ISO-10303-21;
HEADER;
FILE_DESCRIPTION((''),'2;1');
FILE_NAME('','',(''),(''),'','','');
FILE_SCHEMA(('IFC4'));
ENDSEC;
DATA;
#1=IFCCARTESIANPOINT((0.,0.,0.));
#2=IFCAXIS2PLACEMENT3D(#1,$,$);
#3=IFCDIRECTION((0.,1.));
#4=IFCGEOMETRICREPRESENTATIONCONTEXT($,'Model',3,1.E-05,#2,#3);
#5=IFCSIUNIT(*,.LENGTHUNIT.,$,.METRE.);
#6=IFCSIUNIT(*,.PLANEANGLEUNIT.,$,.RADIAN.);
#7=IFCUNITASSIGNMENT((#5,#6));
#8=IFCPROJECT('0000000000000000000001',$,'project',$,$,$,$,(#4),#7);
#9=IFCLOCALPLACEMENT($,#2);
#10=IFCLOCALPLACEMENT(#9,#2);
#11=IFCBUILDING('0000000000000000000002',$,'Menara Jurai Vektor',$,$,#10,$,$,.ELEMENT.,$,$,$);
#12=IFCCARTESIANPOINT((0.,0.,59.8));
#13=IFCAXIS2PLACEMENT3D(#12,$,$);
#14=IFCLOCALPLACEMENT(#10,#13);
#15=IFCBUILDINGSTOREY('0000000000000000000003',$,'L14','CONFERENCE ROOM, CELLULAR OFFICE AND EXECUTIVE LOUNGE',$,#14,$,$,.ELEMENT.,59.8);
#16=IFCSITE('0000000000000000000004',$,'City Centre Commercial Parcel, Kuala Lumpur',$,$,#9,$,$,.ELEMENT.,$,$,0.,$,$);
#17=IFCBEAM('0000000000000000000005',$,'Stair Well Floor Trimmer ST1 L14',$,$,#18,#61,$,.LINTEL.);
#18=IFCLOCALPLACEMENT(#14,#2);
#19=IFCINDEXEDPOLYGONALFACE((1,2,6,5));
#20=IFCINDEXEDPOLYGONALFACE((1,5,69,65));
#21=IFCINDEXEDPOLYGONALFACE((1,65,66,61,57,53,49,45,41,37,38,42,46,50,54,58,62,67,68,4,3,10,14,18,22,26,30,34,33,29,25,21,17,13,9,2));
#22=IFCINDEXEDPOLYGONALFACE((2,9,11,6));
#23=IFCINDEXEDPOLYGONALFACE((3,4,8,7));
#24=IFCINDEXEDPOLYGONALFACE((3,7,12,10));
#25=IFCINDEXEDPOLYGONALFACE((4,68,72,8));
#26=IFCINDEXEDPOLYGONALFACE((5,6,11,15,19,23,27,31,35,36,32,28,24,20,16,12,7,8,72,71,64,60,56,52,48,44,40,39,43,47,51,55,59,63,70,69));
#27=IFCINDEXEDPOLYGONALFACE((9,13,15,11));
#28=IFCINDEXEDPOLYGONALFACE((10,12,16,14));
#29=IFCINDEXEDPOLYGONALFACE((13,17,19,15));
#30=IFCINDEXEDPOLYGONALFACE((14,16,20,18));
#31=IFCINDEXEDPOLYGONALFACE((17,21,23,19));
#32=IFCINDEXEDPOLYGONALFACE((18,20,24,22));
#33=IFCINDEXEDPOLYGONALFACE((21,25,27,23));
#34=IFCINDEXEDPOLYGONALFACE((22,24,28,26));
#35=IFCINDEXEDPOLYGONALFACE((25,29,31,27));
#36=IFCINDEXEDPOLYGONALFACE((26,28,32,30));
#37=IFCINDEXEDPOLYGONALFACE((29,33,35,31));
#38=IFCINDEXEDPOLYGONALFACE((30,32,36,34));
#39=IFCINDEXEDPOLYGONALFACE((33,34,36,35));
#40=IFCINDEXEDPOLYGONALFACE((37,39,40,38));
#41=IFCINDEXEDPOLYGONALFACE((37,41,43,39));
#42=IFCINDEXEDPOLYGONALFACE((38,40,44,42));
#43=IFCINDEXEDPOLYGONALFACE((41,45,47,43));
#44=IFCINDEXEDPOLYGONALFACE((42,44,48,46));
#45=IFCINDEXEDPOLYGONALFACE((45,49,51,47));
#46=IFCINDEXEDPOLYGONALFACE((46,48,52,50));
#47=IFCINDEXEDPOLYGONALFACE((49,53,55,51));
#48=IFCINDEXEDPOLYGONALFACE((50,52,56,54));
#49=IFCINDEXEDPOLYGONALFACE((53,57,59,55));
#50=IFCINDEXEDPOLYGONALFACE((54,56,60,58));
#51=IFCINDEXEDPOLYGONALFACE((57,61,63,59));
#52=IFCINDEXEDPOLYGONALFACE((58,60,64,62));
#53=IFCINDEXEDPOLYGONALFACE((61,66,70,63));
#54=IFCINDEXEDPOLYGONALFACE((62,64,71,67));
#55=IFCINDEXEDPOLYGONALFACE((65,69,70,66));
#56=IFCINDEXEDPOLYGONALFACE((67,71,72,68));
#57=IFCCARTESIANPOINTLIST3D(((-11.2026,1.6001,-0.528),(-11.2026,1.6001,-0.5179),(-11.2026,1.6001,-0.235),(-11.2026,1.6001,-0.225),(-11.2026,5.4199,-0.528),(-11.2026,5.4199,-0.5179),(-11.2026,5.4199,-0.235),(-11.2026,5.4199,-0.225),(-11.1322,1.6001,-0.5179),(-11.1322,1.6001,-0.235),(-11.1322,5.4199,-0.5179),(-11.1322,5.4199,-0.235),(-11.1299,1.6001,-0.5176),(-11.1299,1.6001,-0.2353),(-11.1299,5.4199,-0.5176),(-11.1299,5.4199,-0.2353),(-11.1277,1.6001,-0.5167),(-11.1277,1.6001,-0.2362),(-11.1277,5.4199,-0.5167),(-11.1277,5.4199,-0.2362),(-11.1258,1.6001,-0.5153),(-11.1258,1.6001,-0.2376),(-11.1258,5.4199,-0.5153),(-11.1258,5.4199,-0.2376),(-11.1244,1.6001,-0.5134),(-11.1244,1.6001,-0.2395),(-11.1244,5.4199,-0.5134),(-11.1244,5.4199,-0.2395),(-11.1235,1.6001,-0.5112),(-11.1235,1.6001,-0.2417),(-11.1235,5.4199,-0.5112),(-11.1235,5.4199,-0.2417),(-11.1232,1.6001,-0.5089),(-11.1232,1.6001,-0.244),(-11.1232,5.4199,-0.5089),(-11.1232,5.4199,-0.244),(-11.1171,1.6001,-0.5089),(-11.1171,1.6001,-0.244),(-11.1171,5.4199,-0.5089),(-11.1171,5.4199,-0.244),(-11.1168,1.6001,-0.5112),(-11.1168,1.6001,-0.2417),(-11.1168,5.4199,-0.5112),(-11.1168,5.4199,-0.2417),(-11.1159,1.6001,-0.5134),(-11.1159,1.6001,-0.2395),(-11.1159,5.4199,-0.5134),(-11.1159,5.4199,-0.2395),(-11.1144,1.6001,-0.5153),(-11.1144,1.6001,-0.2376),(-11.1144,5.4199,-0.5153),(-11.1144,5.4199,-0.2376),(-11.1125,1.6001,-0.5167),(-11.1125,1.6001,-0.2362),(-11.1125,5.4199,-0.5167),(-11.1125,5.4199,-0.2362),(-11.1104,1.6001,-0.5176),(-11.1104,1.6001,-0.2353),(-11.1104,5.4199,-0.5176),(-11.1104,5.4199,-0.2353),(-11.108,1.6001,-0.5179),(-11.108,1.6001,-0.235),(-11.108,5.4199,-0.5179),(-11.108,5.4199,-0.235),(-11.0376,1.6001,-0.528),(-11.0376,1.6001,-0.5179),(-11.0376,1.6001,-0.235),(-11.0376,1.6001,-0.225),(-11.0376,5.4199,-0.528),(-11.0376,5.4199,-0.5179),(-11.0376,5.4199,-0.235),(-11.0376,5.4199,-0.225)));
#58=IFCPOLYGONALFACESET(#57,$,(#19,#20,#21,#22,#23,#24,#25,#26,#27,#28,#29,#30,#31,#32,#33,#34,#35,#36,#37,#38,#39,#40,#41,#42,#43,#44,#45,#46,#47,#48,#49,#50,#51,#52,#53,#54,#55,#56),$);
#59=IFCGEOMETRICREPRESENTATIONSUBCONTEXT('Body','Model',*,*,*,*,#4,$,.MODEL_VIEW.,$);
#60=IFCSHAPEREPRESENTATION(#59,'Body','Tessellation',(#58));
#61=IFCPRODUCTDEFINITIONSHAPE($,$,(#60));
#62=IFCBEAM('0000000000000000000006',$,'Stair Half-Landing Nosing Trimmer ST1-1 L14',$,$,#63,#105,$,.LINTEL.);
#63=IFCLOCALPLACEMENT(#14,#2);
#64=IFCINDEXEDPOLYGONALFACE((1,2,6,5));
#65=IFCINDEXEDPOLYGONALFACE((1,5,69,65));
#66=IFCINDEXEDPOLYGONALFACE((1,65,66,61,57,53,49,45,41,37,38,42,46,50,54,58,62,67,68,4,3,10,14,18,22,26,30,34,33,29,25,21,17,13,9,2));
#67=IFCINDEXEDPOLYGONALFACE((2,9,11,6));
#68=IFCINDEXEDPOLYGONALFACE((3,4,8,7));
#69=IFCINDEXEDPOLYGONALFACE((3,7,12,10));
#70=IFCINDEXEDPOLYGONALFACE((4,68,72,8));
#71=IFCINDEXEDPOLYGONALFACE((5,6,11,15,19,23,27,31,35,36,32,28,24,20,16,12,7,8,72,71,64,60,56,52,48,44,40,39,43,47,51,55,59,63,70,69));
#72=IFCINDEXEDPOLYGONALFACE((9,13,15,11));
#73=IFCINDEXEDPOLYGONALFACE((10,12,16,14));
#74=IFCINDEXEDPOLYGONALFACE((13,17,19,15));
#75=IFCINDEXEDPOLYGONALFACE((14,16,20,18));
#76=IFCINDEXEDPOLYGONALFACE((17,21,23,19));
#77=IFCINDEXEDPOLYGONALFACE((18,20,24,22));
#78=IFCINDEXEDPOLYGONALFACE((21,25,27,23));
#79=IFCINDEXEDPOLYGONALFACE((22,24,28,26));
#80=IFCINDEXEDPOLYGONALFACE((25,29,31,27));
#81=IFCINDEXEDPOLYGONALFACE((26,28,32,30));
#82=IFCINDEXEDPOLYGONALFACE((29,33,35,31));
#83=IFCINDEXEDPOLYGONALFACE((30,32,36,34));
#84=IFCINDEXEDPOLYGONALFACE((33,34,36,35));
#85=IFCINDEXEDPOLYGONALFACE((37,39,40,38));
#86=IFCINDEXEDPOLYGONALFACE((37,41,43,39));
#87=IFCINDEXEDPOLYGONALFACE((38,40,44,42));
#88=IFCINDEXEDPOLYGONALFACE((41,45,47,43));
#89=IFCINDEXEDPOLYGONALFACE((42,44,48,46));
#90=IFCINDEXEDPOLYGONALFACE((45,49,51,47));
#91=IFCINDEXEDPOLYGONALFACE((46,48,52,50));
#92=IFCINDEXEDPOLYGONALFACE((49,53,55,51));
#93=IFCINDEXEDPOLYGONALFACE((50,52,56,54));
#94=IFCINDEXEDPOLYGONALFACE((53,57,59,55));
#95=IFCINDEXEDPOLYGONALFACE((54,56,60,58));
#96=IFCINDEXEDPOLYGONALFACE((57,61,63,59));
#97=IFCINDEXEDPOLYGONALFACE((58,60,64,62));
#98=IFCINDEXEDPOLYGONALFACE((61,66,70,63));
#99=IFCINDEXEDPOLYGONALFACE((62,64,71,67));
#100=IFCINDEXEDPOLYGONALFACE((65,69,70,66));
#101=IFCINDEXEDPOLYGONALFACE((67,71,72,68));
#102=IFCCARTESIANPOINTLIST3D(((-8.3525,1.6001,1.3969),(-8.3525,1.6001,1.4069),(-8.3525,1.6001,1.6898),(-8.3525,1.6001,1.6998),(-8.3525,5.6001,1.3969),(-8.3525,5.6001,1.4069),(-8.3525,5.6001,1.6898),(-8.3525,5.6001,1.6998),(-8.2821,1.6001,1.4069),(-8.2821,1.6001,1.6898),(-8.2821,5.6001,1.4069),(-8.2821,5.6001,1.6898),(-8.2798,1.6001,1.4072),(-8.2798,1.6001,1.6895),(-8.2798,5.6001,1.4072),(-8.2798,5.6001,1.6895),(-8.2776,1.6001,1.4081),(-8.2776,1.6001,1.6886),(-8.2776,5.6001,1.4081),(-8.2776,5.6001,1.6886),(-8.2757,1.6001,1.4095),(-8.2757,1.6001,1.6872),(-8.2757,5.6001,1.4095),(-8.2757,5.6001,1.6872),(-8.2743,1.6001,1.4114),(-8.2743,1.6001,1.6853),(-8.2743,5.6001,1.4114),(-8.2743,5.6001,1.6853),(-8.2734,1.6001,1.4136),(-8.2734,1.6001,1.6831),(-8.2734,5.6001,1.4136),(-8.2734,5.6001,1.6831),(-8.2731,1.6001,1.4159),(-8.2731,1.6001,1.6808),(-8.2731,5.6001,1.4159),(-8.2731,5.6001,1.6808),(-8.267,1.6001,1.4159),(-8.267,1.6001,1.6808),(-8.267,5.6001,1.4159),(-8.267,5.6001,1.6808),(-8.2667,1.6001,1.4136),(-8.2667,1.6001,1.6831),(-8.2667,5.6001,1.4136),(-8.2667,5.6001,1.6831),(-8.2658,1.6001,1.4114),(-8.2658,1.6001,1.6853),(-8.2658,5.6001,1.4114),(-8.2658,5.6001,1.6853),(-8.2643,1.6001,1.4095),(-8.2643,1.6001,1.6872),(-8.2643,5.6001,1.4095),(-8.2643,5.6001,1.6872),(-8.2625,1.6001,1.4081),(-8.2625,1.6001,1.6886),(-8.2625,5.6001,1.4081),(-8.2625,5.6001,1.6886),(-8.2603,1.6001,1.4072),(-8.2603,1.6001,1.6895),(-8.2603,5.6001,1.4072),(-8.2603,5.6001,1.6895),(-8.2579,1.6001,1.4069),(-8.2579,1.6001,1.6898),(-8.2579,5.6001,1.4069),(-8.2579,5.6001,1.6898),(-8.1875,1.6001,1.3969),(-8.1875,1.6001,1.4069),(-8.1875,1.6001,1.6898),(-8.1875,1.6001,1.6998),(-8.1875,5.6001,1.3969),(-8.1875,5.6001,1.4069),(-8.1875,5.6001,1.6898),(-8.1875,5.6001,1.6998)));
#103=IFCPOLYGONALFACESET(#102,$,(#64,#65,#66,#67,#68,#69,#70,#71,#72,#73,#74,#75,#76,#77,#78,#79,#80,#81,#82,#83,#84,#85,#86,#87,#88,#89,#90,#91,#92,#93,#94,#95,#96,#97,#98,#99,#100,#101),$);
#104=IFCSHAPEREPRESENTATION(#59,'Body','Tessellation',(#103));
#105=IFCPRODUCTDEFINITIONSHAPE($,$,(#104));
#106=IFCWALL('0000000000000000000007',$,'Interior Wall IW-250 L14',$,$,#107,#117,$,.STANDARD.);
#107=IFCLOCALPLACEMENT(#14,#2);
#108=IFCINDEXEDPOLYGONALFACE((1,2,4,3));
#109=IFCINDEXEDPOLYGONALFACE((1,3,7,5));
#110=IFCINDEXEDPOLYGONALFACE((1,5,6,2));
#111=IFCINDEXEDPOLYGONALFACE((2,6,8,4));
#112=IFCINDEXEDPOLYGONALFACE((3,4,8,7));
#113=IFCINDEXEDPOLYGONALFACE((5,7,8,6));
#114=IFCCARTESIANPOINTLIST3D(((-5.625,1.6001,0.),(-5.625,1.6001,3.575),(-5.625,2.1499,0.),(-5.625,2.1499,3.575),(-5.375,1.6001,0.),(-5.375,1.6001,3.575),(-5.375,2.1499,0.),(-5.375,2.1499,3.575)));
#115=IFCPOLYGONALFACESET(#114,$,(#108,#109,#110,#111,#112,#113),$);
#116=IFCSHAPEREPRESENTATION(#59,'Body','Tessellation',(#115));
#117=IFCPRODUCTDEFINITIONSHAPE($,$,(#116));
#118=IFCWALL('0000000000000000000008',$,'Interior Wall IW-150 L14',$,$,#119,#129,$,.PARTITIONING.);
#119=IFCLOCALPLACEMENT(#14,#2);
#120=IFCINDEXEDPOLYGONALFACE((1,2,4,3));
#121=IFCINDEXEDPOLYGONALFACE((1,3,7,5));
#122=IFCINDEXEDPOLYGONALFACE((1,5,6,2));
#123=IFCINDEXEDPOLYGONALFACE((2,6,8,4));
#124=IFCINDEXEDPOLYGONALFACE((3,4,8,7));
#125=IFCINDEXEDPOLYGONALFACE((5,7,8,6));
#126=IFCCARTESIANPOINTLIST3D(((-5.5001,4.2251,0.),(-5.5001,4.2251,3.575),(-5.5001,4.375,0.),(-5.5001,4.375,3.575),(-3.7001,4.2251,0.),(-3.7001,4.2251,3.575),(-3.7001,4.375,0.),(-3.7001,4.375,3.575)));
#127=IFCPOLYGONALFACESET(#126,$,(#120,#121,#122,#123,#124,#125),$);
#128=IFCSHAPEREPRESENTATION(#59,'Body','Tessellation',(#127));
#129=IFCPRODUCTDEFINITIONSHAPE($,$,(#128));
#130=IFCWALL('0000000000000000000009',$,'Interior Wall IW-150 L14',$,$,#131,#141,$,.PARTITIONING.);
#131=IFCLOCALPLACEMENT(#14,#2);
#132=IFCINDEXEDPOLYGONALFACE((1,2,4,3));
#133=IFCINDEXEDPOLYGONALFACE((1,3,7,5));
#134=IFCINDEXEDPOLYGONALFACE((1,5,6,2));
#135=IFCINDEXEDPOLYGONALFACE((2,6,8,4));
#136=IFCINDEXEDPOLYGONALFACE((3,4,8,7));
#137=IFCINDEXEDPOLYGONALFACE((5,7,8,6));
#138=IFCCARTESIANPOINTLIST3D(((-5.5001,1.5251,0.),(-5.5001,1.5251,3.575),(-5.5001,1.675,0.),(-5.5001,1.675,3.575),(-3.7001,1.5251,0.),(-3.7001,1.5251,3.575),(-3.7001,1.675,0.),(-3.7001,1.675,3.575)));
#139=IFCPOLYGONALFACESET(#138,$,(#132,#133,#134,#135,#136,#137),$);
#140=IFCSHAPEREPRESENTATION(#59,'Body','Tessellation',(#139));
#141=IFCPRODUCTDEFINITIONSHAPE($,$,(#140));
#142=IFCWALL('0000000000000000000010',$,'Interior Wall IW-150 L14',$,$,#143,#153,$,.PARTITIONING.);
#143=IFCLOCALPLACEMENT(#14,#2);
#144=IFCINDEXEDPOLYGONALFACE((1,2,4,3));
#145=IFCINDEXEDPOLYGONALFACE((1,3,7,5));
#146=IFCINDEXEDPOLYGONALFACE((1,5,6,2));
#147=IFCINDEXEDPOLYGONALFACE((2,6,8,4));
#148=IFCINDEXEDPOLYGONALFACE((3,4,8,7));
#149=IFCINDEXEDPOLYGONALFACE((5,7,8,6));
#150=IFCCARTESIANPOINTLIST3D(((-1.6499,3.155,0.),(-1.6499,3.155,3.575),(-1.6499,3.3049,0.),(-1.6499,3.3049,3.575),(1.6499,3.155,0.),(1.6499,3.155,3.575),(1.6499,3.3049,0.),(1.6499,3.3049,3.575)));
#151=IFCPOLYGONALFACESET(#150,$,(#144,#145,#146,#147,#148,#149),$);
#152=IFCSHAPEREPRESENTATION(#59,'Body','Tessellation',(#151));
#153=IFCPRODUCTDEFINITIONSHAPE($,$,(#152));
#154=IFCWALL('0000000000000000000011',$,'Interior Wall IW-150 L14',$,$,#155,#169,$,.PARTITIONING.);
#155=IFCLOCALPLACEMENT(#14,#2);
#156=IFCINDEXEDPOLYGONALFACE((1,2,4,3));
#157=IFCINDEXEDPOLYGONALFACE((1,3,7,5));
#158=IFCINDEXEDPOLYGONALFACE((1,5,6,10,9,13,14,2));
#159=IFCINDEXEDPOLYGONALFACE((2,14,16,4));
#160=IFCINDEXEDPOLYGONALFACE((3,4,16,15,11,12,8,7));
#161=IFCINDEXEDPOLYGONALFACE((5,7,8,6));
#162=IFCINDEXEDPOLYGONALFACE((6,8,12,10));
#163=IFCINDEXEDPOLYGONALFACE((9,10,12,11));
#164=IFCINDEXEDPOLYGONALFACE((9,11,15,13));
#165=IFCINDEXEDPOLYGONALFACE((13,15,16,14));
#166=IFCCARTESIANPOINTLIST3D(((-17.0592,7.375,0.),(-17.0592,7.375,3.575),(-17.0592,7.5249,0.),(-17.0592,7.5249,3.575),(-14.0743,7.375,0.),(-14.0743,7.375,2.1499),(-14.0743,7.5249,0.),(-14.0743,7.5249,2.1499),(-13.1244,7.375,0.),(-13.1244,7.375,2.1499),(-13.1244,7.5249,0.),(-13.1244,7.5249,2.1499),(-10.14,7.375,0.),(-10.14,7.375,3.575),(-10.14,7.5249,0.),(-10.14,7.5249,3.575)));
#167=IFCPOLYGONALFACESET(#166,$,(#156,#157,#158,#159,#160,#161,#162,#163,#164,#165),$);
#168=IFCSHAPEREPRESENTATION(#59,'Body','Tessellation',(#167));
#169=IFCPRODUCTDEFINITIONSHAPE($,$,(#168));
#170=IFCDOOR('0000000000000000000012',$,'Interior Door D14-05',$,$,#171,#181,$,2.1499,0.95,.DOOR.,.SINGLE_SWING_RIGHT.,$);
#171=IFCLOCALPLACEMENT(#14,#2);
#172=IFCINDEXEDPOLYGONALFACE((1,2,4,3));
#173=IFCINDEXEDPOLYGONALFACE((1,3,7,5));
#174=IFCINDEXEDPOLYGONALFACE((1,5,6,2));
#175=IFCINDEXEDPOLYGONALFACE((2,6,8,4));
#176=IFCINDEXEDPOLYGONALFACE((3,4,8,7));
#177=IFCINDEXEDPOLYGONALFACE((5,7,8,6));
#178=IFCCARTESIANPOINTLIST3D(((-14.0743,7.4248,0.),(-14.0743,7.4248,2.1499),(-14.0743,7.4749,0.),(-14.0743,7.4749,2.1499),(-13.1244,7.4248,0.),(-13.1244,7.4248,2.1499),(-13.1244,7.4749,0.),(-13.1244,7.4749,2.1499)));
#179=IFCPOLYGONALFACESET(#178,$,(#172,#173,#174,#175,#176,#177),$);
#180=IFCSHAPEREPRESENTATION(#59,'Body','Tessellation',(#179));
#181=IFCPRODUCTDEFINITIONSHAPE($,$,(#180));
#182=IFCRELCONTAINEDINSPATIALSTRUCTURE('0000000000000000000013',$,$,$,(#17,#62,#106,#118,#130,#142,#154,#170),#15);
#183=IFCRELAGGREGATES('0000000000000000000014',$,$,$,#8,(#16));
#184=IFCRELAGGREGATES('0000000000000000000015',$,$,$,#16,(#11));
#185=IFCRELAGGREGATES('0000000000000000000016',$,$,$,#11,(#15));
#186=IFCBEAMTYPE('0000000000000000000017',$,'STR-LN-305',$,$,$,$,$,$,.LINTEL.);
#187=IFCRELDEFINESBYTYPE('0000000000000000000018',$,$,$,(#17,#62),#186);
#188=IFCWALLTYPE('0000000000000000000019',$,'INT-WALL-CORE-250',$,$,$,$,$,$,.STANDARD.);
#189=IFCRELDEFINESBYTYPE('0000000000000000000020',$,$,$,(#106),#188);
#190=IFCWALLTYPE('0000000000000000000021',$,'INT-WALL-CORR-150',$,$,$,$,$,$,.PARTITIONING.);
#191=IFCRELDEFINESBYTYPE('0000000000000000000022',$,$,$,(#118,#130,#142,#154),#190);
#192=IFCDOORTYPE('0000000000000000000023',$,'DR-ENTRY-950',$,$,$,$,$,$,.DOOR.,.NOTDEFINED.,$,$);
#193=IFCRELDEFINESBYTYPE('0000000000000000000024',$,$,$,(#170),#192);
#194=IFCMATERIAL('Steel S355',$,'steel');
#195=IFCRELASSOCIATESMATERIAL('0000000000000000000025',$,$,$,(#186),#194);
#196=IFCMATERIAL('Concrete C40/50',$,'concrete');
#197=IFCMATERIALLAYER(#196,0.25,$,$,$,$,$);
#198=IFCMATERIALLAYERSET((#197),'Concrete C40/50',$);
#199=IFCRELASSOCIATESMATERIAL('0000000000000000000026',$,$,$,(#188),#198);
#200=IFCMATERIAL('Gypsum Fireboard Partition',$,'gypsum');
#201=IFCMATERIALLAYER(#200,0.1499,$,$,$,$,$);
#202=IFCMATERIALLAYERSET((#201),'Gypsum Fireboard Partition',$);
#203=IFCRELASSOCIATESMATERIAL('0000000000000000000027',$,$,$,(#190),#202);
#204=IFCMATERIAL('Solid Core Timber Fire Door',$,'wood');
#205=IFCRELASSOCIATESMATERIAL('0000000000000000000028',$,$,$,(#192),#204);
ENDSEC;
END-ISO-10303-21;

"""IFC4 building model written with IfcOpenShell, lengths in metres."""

from ifc_helpers import new_model, si_unit, direction, frame, frame_2d, origin, origin_2d, place, context, subcontext, project, spatial, rectangle, i_section, extrude, material, layer, layer_set, material_profile, profile_set, type_object, element, fill, save


model = new_model("IFC4")

# Units and contexts
model_context = context("Model", 3, precision=1e-05, world=origin(), true_north=direction((0.0, 1.0)))
body_context = subcontext(model_context, "Body", "Model", "MODEL_VIEW")
ifc_project = project(units=[si_unit("LENGTHUNIT", "METRE"), si_unit("PLANEANGLEUNIT", "RADIAN")], contexts=[model_context])

# Site, building, storey
site_placement = place(None, origin())
site = spatial("IfcSite", under=ifc_project, at=site_placement, Name="City Centre Commercial Parcel, Kuala Lumpur", CompositionType="ELEMENT", RefElevation=0.0)
building_placement = place(site_placement, origin())
building = spatial("IfcBuilding", under=site, at=building_placement, Name="Menara Jurai Vektor", CompositionType="ELEMENT")
storey_placement = place(building_placement, frame((0.0, 0.0, 59.8)))
storey = spatial("IfcBuildingStorey", under=building, at=storey_placement, Name="L14", Description="CONFERENCE ROOM, CELLULAR OFFICE AND EXECUTIVE LOUNGE", CompositionType="ELEMENT", Elevation=59.8)

# Shared definitions
ifc_material_1 = material(Name="Steel S355", Category="steel")

# Beams
ifc_material_profile_1 = material_profile(ifc_material_1, i_section(OverallWidth=0.165, OverallDepth=0.303, WebThickness=0.0061, FlangeThickness=0.01, FilletRadius=0.009, at=origin_2d()), Name="UKB 305x165x40")
ifc_profile_set_1 = profile_set([ifc_material_profile_1], Name="Steel S355")
beam_type_1 = type_object("IfcBeamType", Name="STR-LN-305", PredefinedType="LINTEL", material=ifc_profile_set_1)
beam_1_placement = place(storey_placement, frame((-11.1201, 1.6001, -0.3765), z_axis=(0.0, 1.0, 0.0), x_axis=(-1.0, 0.0, 0.0)))
element("IfcBeam", 1, at=beam_1_placement, inside=storey, type_object=beam_type_1, Name="Stair Well Floor Trimmer ST1 L14", PredefinedType="LINTEL", context=body_context, shape_type="SweptSolid", body=[
    extrude(i_section(OverallWidth=0.165, OverallDepth=0.303, WebThickness=0.0061, FlangeThickness=0.01, FilletRadius=0.009, at=origin_2d()), origin(), (0.0, 0.0, 1.0), 3.8198),
])
beam_2_placement = place(storey_placement, frame((-8.27, 1.6001, 1.5483), z_axis=(0.0, 1.0, 0.0), x_axis=(-1.0, 0.0, 0.0)))
element("IfcBeam", 2, at=beam_2_placement, inside=storey, type_object=beam_type_1, Name="Stair Half-Landing Nosing Trimmer ST1-1 L14", PredefinedType="LINTEL", context=body_context, shape_type="SweptSolid", body=[
    extrude(i_section(OverallWidth=0.165, OverallDepth=0.303, WebThickness=0.0061, FlangeThickness=0.01, FilletRadius=0.009, at=origin_2d()), origin(), (0.0, 0.0, 1.0), 4.0),
])

# Shared definitions
ifc_material_2 = material(Name="Concrete C40/50", Category="concrete")
ifc_layer_1 = layer(ifc_material_2, 0.25)
ifc_layer_set_1 = layer_set([ifc_layer_1], Name="Concrete C40/50")
wall_type_1 = type_object("IfcWallType", Name="INT-WALL-CORE-250", PredefinedType="STANDARD", material=ifc_layer_set_1)

# Walls
wall_1_placement = place(storey_placement, frame((-5.5, 1.6001, 0.0), z_axis=(0.0, 0.0, 1.0), x_axis=(0.0, 1.0, 0.0)))
element("IfcWall", 3, at=wall_1_placement, inside=storey, type_object=wall_type_1, Name="Interior Wall IW-250 L14", PredefinedType="STANDARD", context=body_context, shape_type="SweptSolid", body=[
    extrude(rectangle(XDim=0.5498, YDim=0.25, at=frame_2d((0.2749, 0.0))), origin(), (0.0, 0.0, 1.0), 3.575),
])
ifc_material_3 = material(Name="Gypsum Fireboard Partition", Category="gypsum")
ifc_layer_2 = layer(ifc_material_3, 0.1499)
ifc_layer_set_2 = layer_set([ifc_layer_2], Name="Gypsum Fireboard Partition")
wall_type_2 = type_object("IfcWallType", Name="INT-WALL-CORR-150", PredefinedType="PARTITIONING", material=ifc_layer_set_2)
for number, where, z_axis, x_axis, name in (
    (4, (-5.5, 4.3, 0.0), (0.0, 0.0, 1.0), (1.0, 0.0, 0.0), "Interior Wall IW-150 L14"),
    (5, (-5.5, 1.6001, 0.0), (0.0, 0.0, 1.0), (1.0, 0.0, 0.0), "Interior Wall IW-150 L14"),
):
    element("IfcWall", number, at=place(storey_placement, frame(where, z_axis=z_axis, x_axis=x_axis)), inside=storey, type_object=wall_type_2, Name=name, PredefinedType="PARTITIONING", context=body_context, shape_type="SweptSolid", body=[
        extrude(rectangle(XDim=1.8, YDim=0.1499, at=frame_2d((0.8999, 0.0))), origin(), (0.0, 0.0, 1.0), 3.575),
    ])
wall_2_placement = place(storey_placement, frame((-1.6499, 3.23, 0.0), z_axis=(0.0, 0.0, 1.0), x_axis=(1.0, 0.0, 0.0)))
element("IfcWall", 6, at=wall_2_placement, inside=storey, type_object=wall_type_2, Name="Interior Wall IW-150 L14", PredefinedType="PARTITIONING", context=body_context, shape_type="SweptSolid", body=[
    extrude(rectangle(XDim=3.2998, YDim=0.1499, at=frame_2d((1.6499, 0.0))), origin(), (0.0, 0.0, 1.0), 3.575),
])

# Wall, opening, door
wall_3_placement = place(storey_placement, frame((-17.0591, 7.45, 0.0), z_axis=(0.0, 0.0, 1.0), x_axis=(1.0, 0.0, 0.0)))
wall_3 = element("IfcWall", 7, at=wall_3_placement, inside=storey, type_object=wall_type_2, Name="Interior Wall IW-150 L14", PredefinedType="PARTITIONING", context=body_context, shape_type="SweptSolid", body=[
    extrude(rectangle(XDim=6.9192, YDim=0.1499, at=frame_2d((3.4595, 0.0))), origin(), (0.0, 0.0, 1.0), 3.575),
])
opening_1_placement = place(wall_3_placement, frame((2.9846, 0.0, 0.0)))
opening_1 = element("IfcOpeningElement", 8, at=opening_1_placement, cuts=wall_3, PredefinedType="OPENING", context=body_context, shape_type="SweptSolid", body=[
    extrude(rectangle(XDim=0.95, YDim=2.1499, at=frame_2d((0.4751, 1.075))), frame((0.0, 0.085, 0.0), z_axis=(0.0, -1.0, 0.0), x_axis=(1.0, 0.0, 0.0)), (0.0, 0.0, 1.0), 0.1699),
])
ifc_material_4 = material(Name="Solid Core Timber Fire Door", Category="wood")
door_type_1 = type_object("IfcDoorType", Name="DR-ENTRY-950", OperationType="NOTDEFINED", PredefinedType="DOOR", material=ifc_material_4)
door_1_placement = place(opening_1_placement, origin())
door_1 = element("IfcDoor", 9, at=door_1_placement, inside=storey, type_object=door_type_1, Name="Interior Door D14-05", OperationType="SINGLE_SWING_RIGHT", OverallHeight=2.1499, OverallWidth=0.95, PredefinedType="DOOR", context=body_context, shape_type="SweptSolid", body=[
    extrude(rectangle(XDim=0.95, YDim=2.1499, at=frame_2d((0.4751, 1.075))), frame((0.0, 0.0249, 0.0), z_axis=(0.0, -1.0, 0.0), x_axis=(1.0, 0.0, 0.0)), (0.0, 0.0, 1.0), 0.05),
])
fill(opening_1, door_1)

save(model, "model.ifc")
